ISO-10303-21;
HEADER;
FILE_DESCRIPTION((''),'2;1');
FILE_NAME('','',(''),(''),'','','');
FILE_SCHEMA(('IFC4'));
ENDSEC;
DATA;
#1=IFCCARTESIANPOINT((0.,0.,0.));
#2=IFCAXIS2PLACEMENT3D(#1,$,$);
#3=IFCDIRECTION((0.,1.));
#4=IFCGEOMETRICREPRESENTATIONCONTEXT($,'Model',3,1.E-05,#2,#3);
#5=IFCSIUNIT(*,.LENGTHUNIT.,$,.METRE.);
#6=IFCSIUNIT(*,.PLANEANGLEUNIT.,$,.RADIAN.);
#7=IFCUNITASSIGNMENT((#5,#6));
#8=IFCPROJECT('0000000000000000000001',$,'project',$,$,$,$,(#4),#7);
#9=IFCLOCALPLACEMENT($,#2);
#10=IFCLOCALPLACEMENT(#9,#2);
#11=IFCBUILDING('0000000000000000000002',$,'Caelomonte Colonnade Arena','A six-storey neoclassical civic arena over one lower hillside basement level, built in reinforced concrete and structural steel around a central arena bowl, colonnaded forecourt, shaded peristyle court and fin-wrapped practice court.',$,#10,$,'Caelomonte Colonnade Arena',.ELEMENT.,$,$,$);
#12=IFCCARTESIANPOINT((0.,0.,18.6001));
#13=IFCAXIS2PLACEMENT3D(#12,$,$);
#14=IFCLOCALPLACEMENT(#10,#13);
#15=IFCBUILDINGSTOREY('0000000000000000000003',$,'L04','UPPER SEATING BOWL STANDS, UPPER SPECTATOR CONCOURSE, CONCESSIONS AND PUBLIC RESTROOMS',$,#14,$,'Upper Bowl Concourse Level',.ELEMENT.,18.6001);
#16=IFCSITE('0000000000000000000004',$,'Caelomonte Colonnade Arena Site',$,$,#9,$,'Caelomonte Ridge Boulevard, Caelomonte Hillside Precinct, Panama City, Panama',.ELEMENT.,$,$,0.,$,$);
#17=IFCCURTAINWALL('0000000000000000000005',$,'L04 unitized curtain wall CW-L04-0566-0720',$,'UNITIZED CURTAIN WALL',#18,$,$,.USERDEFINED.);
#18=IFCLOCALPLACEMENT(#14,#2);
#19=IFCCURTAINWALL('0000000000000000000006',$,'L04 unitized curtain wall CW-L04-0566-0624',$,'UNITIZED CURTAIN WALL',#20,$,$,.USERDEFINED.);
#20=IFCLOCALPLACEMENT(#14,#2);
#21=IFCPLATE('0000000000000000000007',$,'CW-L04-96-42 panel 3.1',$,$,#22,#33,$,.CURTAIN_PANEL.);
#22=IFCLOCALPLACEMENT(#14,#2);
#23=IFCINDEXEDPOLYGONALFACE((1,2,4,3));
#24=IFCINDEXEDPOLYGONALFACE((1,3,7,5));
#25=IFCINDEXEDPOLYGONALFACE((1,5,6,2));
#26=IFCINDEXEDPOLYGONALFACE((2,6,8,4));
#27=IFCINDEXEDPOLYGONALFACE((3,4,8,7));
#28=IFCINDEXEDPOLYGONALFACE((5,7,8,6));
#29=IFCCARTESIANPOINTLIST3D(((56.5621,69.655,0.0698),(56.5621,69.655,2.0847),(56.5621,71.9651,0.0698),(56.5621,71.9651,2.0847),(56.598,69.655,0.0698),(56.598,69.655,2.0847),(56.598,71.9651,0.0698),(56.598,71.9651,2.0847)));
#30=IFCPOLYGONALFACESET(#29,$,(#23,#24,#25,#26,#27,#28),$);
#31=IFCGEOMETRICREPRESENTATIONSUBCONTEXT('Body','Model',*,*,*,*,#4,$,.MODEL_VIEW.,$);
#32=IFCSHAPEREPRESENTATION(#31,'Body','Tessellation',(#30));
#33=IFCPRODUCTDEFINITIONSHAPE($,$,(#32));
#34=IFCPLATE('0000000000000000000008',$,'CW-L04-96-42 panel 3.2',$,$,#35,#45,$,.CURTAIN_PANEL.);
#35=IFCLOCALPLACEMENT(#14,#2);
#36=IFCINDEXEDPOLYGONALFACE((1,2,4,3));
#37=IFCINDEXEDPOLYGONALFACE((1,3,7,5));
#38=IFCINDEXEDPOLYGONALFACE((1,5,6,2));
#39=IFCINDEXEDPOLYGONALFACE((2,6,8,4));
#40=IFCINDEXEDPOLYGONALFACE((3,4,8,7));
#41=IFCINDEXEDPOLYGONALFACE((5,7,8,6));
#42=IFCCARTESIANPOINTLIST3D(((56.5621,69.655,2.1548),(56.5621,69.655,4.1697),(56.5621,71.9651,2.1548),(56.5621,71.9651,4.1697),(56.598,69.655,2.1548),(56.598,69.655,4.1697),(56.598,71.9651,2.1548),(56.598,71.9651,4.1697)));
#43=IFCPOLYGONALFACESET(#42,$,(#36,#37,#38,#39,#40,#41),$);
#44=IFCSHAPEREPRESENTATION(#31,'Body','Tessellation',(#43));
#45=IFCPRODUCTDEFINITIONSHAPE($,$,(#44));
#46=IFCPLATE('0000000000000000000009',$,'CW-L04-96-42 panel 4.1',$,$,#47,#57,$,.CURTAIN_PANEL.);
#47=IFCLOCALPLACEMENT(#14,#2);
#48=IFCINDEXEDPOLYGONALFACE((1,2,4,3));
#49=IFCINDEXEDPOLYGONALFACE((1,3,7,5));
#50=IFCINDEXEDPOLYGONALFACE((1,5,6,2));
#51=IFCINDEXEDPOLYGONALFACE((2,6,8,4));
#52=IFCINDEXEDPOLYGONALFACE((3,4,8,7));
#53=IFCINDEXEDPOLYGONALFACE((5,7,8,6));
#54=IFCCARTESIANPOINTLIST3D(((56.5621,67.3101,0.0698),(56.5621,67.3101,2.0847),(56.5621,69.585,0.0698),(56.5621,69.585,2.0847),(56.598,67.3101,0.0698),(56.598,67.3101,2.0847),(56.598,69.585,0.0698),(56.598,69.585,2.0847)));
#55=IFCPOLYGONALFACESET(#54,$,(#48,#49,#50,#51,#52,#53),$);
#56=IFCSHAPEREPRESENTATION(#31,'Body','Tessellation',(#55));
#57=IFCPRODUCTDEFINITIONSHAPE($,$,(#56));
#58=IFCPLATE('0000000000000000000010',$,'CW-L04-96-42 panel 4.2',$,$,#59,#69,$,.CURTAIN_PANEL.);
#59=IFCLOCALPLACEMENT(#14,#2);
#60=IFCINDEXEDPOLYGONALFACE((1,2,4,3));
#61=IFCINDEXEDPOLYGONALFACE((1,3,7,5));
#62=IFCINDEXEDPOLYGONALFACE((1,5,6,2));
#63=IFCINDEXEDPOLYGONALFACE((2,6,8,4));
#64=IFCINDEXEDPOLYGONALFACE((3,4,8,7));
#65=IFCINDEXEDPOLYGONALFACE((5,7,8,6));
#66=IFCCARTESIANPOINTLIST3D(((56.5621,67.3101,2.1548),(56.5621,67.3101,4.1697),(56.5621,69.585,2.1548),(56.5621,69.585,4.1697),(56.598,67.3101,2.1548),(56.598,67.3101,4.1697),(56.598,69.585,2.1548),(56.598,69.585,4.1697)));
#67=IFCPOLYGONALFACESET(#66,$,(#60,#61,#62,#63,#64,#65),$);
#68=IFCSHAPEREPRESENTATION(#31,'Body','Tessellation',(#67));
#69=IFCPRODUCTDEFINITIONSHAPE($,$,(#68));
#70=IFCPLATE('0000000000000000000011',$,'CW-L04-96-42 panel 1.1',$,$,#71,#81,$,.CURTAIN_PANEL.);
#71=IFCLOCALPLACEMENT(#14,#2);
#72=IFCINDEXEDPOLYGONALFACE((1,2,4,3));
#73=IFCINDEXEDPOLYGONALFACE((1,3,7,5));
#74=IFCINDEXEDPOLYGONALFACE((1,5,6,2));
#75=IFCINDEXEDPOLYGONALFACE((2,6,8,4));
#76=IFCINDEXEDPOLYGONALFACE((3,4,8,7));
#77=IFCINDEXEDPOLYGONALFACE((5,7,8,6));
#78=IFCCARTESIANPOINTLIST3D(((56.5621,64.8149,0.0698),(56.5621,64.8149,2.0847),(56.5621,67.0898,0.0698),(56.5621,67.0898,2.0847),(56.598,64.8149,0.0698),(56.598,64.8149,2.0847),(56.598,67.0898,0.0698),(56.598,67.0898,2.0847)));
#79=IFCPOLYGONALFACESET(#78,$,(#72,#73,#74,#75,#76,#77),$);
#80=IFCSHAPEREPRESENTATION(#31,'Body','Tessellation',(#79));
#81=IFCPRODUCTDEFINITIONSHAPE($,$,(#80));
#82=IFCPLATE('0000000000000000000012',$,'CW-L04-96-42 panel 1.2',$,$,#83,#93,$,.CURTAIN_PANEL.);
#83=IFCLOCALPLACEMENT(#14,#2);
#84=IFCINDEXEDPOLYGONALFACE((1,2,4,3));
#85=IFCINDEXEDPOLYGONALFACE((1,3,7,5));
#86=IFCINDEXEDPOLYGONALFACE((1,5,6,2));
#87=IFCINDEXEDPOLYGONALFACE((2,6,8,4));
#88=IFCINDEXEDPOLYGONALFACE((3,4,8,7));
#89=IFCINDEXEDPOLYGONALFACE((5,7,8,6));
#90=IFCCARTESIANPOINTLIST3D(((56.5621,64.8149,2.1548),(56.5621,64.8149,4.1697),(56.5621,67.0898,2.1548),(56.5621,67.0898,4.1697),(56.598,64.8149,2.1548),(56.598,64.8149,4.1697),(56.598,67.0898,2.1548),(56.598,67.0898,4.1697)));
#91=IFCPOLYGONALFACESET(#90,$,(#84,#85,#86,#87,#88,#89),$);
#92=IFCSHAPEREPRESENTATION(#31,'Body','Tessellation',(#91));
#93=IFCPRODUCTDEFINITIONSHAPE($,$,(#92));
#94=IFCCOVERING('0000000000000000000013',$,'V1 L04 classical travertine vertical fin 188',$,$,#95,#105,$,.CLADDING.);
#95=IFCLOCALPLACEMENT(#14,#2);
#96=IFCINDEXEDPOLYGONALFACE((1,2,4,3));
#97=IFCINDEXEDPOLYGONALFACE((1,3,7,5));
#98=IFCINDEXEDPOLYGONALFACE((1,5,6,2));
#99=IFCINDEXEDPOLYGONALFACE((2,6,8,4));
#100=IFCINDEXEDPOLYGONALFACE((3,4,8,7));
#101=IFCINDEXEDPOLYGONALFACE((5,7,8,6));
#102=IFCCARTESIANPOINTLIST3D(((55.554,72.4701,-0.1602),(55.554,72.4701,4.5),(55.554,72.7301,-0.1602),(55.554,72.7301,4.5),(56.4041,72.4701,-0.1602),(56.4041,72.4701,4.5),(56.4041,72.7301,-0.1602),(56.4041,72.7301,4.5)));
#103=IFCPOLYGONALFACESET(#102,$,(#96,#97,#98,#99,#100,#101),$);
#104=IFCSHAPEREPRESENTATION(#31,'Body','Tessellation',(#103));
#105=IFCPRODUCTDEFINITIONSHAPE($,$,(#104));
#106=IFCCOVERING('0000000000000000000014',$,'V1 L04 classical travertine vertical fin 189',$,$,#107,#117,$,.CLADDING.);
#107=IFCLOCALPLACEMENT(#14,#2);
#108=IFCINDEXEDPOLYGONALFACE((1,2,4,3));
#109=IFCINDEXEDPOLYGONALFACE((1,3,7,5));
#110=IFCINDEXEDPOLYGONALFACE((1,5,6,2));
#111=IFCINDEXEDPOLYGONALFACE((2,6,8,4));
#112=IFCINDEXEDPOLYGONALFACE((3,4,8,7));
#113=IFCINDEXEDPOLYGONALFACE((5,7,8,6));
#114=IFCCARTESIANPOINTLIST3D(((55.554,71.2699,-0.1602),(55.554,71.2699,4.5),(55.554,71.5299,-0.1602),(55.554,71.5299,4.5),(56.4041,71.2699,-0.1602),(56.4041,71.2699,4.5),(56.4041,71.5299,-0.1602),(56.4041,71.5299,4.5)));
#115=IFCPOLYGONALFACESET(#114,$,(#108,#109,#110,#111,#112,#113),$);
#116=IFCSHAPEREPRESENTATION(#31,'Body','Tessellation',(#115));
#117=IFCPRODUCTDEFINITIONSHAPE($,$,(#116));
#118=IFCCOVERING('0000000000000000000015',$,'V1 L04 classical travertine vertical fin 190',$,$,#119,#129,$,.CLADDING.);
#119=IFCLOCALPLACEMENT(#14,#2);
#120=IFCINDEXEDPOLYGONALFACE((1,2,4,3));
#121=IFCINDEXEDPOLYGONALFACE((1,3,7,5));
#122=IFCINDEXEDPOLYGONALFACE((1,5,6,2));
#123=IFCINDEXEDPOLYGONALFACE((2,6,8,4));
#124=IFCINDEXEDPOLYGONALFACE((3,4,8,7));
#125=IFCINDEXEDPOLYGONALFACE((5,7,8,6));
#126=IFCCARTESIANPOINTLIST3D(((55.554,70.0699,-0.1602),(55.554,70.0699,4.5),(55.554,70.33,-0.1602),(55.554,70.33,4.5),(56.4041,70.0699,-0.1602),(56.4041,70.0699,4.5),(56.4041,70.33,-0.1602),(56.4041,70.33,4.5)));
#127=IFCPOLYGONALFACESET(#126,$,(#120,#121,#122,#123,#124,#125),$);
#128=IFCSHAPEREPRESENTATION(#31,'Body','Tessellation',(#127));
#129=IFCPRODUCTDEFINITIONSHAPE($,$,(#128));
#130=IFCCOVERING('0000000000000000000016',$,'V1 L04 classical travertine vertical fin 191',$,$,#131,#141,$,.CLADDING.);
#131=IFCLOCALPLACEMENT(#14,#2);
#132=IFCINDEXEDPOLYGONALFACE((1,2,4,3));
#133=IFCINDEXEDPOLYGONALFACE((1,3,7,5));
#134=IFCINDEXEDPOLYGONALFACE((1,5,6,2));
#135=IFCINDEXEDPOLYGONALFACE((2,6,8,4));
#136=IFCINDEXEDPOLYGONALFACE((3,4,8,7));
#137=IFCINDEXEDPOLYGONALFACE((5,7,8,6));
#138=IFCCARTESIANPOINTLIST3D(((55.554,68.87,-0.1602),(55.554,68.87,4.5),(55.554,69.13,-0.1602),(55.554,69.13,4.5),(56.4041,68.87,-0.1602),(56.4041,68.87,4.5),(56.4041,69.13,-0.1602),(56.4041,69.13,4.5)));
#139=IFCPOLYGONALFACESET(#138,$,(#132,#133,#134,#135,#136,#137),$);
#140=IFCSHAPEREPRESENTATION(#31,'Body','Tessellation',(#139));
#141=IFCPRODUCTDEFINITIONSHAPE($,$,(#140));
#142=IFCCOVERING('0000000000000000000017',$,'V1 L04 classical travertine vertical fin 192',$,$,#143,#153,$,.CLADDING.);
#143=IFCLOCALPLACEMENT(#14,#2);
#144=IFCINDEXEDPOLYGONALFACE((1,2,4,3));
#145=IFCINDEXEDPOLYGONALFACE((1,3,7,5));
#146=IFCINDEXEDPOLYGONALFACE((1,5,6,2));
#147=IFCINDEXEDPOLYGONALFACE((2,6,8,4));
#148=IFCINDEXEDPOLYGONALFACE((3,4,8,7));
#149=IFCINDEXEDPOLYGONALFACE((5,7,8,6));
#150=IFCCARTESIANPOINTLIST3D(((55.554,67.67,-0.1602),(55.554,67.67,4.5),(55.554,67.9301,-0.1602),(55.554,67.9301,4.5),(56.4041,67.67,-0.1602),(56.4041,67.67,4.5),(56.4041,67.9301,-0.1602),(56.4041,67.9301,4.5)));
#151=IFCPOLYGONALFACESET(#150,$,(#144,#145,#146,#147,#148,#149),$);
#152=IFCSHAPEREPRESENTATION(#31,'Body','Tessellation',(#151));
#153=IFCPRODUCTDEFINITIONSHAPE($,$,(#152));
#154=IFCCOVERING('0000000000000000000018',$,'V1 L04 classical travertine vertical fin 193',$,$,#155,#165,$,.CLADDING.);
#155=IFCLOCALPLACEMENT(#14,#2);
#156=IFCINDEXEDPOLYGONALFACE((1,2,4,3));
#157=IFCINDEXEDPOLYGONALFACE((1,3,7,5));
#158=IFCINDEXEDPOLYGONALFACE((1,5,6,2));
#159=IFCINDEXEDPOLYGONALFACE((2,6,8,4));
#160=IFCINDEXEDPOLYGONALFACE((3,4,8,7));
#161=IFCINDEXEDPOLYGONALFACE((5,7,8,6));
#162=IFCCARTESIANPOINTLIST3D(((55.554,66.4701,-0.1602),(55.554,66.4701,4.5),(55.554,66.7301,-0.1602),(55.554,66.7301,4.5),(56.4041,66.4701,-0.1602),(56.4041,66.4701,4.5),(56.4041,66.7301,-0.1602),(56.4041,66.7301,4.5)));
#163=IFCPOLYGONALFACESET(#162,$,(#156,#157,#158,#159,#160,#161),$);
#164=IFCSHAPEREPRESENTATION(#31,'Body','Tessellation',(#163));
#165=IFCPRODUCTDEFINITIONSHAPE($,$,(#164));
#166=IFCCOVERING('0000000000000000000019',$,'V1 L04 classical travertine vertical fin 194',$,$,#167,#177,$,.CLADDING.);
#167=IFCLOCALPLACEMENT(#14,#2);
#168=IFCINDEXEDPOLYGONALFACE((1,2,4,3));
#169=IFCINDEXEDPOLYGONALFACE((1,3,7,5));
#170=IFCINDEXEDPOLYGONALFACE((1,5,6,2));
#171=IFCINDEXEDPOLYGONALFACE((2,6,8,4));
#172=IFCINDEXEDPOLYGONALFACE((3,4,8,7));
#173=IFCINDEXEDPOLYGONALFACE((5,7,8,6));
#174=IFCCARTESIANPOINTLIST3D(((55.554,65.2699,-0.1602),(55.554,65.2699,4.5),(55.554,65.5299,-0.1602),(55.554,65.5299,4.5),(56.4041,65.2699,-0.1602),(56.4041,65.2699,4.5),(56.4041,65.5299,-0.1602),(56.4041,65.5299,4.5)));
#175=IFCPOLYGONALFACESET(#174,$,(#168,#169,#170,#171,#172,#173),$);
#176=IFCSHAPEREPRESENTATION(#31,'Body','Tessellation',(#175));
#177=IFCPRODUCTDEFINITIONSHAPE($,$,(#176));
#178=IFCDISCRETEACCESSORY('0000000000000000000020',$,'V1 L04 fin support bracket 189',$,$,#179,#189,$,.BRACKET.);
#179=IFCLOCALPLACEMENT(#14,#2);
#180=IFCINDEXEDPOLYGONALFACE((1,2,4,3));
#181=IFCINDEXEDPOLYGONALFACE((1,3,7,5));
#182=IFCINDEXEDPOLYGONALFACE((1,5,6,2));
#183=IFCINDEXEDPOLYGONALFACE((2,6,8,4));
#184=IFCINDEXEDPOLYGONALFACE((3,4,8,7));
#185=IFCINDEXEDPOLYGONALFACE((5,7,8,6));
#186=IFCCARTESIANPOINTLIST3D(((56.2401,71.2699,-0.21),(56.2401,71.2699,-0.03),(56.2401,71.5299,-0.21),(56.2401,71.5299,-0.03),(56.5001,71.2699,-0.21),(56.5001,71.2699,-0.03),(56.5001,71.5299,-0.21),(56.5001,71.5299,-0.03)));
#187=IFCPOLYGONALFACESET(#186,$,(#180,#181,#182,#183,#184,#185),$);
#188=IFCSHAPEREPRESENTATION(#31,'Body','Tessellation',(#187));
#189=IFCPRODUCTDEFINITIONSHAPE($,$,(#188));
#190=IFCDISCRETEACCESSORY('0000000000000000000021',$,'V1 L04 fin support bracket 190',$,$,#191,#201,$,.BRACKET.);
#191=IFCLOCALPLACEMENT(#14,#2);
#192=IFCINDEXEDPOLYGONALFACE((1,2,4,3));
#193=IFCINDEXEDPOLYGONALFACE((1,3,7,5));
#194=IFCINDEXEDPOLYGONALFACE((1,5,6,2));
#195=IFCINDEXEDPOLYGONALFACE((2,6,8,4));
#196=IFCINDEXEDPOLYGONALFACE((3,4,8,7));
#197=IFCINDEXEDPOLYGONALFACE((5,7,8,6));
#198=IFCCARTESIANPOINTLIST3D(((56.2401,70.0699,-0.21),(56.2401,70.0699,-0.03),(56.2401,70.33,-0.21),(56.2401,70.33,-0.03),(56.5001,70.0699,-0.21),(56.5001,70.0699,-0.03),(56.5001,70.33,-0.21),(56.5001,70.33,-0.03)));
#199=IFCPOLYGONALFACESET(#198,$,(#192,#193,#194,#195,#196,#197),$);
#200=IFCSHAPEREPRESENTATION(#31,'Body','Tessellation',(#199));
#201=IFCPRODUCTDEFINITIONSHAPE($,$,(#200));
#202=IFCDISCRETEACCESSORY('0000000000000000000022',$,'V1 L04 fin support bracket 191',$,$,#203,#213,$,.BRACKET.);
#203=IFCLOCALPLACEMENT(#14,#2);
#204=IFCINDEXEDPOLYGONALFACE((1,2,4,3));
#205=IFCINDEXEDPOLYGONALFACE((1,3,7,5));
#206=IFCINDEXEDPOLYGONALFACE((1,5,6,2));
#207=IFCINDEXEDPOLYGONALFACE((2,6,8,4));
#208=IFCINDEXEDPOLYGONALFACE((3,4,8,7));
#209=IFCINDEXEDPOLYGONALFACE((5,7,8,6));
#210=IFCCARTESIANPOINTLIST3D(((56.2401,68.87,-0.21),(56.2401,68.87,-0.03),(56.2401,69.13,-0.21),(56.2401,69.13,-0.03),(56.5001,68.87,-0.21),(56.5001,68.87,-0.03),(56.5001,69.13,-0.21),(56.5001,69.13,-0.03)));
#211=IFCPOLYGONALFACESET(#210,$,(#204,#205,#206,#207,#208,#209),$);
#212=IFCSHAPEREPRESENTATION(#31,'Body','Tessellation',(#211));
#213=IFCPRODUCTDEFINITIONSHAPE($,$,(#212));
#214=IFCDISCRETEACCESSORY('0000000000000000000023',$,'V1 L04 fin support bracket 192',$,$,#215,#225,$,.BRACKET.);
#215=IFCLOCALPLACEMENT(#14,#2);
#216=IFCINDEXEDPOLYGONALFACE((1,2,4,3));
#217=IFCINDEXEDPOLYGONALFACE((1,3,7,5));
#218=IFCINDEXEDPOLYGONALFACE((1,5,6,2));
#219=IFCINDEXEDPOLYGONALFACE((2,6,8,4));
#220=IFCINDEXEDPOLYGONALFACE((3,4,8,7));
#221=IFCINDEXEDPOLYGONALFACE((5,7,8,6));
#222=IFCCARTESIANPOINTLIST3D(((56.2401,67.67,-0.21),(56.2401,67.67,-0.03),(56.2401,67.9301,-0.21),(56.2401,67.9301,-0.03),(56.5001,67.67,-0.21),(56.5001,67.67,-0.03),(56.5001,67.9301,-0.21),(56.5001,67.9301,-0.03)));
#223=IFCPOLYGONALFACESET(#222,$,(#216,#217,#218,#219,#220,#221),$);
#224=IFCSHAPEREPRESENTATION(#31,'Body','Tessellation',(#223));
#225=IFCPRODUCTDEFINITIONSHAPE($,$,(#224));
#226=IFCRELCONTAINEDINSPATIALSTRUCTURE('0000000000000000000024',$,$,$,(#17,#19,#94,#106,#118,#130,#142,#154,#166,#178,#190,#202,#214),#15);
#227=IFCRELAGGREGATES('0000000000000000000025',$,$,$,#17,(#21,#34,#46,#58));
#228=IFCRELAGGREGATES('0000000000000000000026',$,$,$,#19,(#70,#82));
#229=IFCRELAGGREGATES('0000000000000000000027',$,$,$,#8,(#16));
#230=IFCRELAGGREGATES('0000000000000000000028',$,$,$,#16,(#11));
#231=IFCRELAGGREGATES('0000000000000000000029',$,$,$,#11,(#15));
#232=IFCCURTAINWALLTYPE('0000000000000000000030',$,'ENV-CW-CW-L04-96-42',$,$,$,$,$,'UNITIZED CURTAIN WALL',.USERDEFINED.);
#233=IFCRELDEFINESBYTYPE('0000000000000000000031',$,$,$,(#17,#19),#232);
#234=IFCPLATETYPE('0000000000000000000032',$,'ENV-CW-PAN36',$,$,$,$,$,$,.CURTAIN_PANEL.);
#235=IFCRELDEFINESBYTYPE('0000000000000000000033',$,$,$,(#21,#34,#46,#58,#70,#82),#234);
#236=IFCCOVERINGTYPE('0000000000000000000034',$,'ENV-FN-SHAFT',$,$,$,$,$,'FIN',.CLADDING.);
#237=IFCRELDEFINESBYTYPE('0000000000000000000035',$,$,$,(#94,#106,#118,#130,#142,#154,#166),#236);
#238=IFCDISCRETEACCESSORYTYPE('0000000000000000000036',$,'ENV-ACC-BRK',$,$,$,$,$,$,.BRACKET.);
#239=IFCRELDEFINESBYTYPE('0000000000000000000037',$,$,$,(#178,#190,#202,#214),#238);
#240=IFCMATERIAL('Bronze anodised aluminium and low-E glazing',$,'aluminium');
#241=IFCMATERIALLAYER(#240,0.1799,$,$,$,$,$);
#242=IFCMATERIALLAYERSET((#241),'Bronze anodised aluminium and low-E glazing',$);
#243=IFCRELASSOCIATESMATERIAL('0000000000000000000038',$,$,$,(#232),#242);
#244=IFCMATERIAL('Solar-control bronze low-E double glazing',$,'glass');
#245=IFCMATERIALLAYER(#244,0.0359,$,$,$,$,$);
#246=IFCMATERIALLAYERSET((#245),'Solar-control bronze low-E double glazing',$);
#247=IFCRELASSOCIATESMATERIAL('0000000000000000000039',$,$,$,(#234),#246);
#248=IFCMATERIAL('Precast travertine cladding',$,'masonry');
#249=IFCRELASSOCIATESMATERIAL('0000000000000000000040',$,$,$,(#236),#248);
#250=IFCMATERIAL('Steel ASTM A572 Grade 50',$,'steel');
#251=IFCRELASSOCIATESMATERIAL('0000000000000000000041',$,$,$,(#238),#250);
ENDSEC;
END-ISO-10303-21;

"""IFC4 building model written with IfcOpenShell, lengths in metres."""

from ifc_helpers import new_model, si_unit, direction, frame, origin, origin_2d, place, context, subcontext, project, spatial, rectangle, extrude, material, layer, layer_set, material_profile, profile_set, type_object, element, aggregate, save


model = new_model("IFC4")

# Units and contexts
model_context = context("Model", 3, precision=1e-05, world=origin(), true_north=direction((0.0, 1.0)))
body_context = subcontext(model_context, "Body", "Model", "MODEL_VIEW")
ifc_project = project(units=[si_unit("LENGTHUNIT", "METRE"), si_unit("PLANEANGLEUNIT", "RADIAN")], contexts=[model_context])

# Site, building, storey
site_placement = place(None, origin())
site = spatial("IfcSite", under=ifc_project, at=site_placement, Name="Caelomonte Colonnade Arena Site", LongName="Caelomonte Ridge Boulevard, Caelomonte Hillside Precinct, Panama City, Panama", CompositionType="ELEMENT", RefElevation=0.0)
building_placement = place(site_placement, origin())
building = spatial("IfcBuilding", under=site, at=building_placement, Name="Caelomonte Colonnade Arena", Description="A six-storey neoclassical civic arena over one lower hillside basement level, built in reinforced concrete and structural steel around a central arena bowl, colonnaded forecourt, shaded peristyle court and fin-wrapped practice court.", LongName="Caelomonte Colonnade Arena", CompositionType="ELEMENT")
storey_placement = place(building_placement, frame((0.0, 0.0, 18.6001)))
storey = spatial("IfcBuildingStorey", under=building, at=storey_placement, Name="L04", Description="UPPER SEATING BOWL STANDS, UPPER SPECTATOR CONCOURSE, CONCESSIONS AND PUBLIC RESTROOMS", LongName="Upper Bowl Concourse Level", CompositionType="ELEMENT", Elevation=18.6001)

# Curtain walls
ifc_material_1 = material(Name="Bronze anodised aluminium and low-E glazing", Category="aluminium")
ifc_layer_1 = layer(ifc_material_1, 0.1799)
ifc_layer_set_1 = layer_set([ifc_layer_1], Name="Bronze anodised aluminium and low-E glazing")
curtain_wall_type = type_object("IfcCurtainWallType", Name="ENV-CW-CW-L04-96-42", ElementType="UNITIZED CURTAIN WALL", PredefinedType="USERDEFINED", material=ifc_layer_set_1)
curtain_wall_1_placement = place(storey_placement, origin())
curtain_wall_1 = element("IfcCurtainWall", 1, at=curtain_wall_1_placement, inside=storey, type_object=curtain_wall_type, Name="L04 unitized curtain wall CW-L04-0566-0720", ObjectType="UNITIZED CURTAIN WALL", PredefinedType="USERDEFINED")
curtain_wall_2_placement = place(storey_placement, origin())
curtain_wall_2 = element("IfcCurtainWall", 2, at=curtain_wall_2_placement, inside=storey, type_object=curtain_wall_type, Name="L04 unitized curtain wall CW-L04-0566-0624", ObjectType="UNITIZED CURTAIN WALL", PredefinedType="USERDEFINED")

# Plates
ifc_material_2 = material(Name="Solar-control bronze low-E double glazing", Category="glass")
ifc_layer_2 = layer(ifc_material_2, 0.0359)
ifc_layer_set_2 = layer_set([ifc_layer_2], Name="Solar-control bronze low-E double glazing")
plate_type = type_object("IfcPlateType", Name="ENV-CW-PAN36", PredefinedType="CURTAIN_PANEL", material=ifc_layer_set_2)
plate_1_placement = place(storey_placement, frame((56.5801, 70.8101, 0.0698), z_axis=(0.0, 0.0, 1.0), x_axis=(0.0, -1.0, 0.0)))
plate_1 = element("IfcPlate", 3, at=plate_1_placement, type_object=plate_type, Name="CW-L04-96-42 panel 3.1", PredefinedType="CURTAIN_PANEL", context=body_context, shape_type="SweptSolid", body=[
    extrude(rectangle(XDim=2.3101, YDim=0.0359, at=origin_2d()), origin(), (0.0, 0.0, 1.0), 2.0149),
])
plate_2_placement = place(storey_placement, frame((56.5801, 70.8101, 2.1548), z_axis=(0.0, 0.0, 1.0), x_axis=(0.0, -1.0, 0.0)))
plate_2 = element("IfcPlate", 4, at=plate_2_placement, type_object=plate_type, Name="CW-L04-96-42 panel 3.2", PredefinedType="CURTAIN_PANEL", context=body_context, shape_type="SweptSolid", body=[
    extrude(rectangle(XDim=2.3101, YDim=0.0359, at=origin_2d()), origin(), (0.0, 0.0, 1.0), 2.0149),
])
plate_3_placement = place(storey_placement, frame((56.5801, 68.4475, 0.0698), z_axis=(0.0, 0.0, 1.0), x_axis=(0.0, -1.0, 0.0)))
plate_3 = element("IfcPlate", 5, at=plate_3_placement, type_object=plate_type, Name="CW-L04-96-42 panel 4.1", PredefinedType="CURTAIN_PANEL", context=body_context, shape_type="SweptSolid", body=[
    extrude(rectangle(XDim=2.2749, YDim=0.0359, at=origin_2d()), origin(), (0.0, 0.0, 1.0), 2.0149),
])
plate_4_placement = place(storey_placement, frame((56.5801, 68.4475, 2.1548), z_axis=(0.0, 0.0, 1.0), x_axis=(0.0, -1.0, 0.0)))
plate_4 = element("IfcPlate", 6, at=plate_4_placement, type_object=plate_type, Name="CW-L04-96-42 panel 4.2", PredefinedType="CURTAIN_PANEL", context=body_context, shape_type="SweptSolid", body=[
    extrude(rectangle(XDim=2.2749, YDim=0.0359, at=origin_2d()), origin(), (0.0, 0.0, 1.0), 2.0149),
])
aggregate(curtain_wall_1, [plate_1, plate_2, plate_3, plate_4])
plate_5_placement = place(storey_placement, frame((56.5801, 65.9524, 0.0698), z_axis=(0.0, 0.0, 1.0), x_axis=(0.0, -1.0, 0.0)))
plate_5 = element("IfcPlate", 7, at=plate_5_placement, type_object=plate_type, Name="CW-L04-96-42 panel 1.1", PredefinedType="CURTAIN_PANEL", context=body_context, shape_type="SweptSolid", body=[
    extrude(rectangle(XDim=2.2749, YDim=0.0359, at=origin_2d()), origin(), (0.0, 0.0, 1.0), 2.0149),
])
plate_6_placement = place(storey_placement, frame((56.5801, 65.9524, 2.1548), z_axis=(0.0, 0.0, 1.0), x_axis=(0.0, -1.0, 0.0)))
plate_6 = element("IfcPlate", 8, at=plate_6_placement, type_object=plate_type, Name="CW-L04-96-42 panel 1.2", PredefinedType="CURTAIN_PANEL", context=body_context, shape_type="SweptSolid", body=[
    extrude(rectangle(XDim=2.2749, YDim=0.0359, at=origin_2d()), origin(), (0.0, 0.0, 1.0), 2.0149),
])
aggregate(curtain_wall_2, [plate_5, plate_6])

# Coverings
ifc_material_3 = material(Name="Precast travertine cladding", Category="masonry")
ifc_material_profile_1 = material_profile(ifc_material_3, rectangle(XDim=0.26, YDim=0.8501, at=origin_2d()), Name="FIN260X850")
ifc_profile_set_1 = profile_set([ifc_material_profile_1], Name="Precast travertine cladding")
covering_type = type_object("IfcCoveringType", Name="ENV-FN-SHAFT", ElementType="FIN", PredefinedType="CLADDING", material=ifc_profile_set_1)
for number, where, z_axis, x_axis, name in (
    (9, (55.979, 72.6001, -0.1602), (0.0, 0.0, 1.0), (0.0, 1.0, 0.0), "V1 L04 classical travertine vertical fin 188"),
    (10, (55.979, 71.3999, -0.1602), (0.0, 0.0, 1.0), (0.0, 1.0, 0.0), "V1 L04 classical travertine vertical fin 189"),
    (11, (55.979, 70.2, -0.1602), (0.0, 0.0, 1.0), (0.0, 1.0, 0.0), "V1 L04 classical travertine vertical fin 190"),
    (12, (55.979, 69.0, -0.1602), (0.0, 0.0, 1.0), (0.0, 1.0, 0.0), "V1 L04 classical travertine vertical fin 191"),
    (13, (55.979, 67.8, -0.1602), (0.0, 0.0, 1.0), (0.0, 1.0, 0.0), "V1 L04 classical travertine vertical fin 192"),
    (14, (55.979, 66.6001, -0.1602), (0.0, 0.0, 1.0), (0.0, 1.0, 0.0), "V1 L04 classical travertine vertical fin 193"),
    (15, (55.979, 65.3999, -0.1602), (0.0, 0.0, 1.0), (0.0, 1.0, 0.0), "V1 L04 classical travertine vertical fin 194"),
):
    element("IfcCovering", number, at=place(storey_placement, frame(where, z_axis=z_axis, x_axis=x_axis)), inside=storey, type_object=covering_type, Name=name, PredefinedType="CLADDING", context=body_context, shape_type="SweptSolid", body=[
        extrude(rectangle(XDim=0.26, YDim=0.8501, at=origin_2d()), origin(), (0.0, 0.0, 1.0), 4.6602),
    ])

# Discrete accessories
ifc_material_4 = material(Name="Steel ASTM A572 Grade 50", Category="steel")
discrete_accessory_type = type_object("IfcDiscreteAccessoryType", Name="ENV-ACC-BRK", PredefinedType="BRACKET", material=ifc_material_4)
for number, where, z_axis, x_axis, name in (
    (16, (56.3701, 71.3999, -0.21), (0.0, 0.0, 1.0), (0.0, -1.0, 0.0), "V1 L04 fin support bracket 189"),
    (17, (56.3701, 70.2, -0.21), (0.0, 0.0, 1.0), (0.0, -1.0, 0.0), "V1 L04 fin support bracket 190"),
    (18, (56.3701, 69.0, -0.21), (0.0, 0.0, 1.0), (0.0, -1.0, 0.0), "V1 L04 fin support bracket 191"),
    (19, (56.3701, 67.8, -0.21), (0.0, 0.0, 1.0), (0.0, -1.0, 0.0), "V1 L04 fin support bracket 192"),
):
    element("IfcDiscreteAccessory", number, at=place(storey_placement, frame(where, z_axis=z_axis, x_axis=x_axis)), inside=storey, type_object=discrete_accessory_type, Name=name, PredefinedType="BRACKET", context=body_context, shape_type="SweptSolid", body=[
        extrude(rectangle(XDim=0.26, YDim=0.26, at=origin_2d()), origin(), (0.0, 0.0, 1.0), 0.1799),
    ])

save(model, "model.ifc")
